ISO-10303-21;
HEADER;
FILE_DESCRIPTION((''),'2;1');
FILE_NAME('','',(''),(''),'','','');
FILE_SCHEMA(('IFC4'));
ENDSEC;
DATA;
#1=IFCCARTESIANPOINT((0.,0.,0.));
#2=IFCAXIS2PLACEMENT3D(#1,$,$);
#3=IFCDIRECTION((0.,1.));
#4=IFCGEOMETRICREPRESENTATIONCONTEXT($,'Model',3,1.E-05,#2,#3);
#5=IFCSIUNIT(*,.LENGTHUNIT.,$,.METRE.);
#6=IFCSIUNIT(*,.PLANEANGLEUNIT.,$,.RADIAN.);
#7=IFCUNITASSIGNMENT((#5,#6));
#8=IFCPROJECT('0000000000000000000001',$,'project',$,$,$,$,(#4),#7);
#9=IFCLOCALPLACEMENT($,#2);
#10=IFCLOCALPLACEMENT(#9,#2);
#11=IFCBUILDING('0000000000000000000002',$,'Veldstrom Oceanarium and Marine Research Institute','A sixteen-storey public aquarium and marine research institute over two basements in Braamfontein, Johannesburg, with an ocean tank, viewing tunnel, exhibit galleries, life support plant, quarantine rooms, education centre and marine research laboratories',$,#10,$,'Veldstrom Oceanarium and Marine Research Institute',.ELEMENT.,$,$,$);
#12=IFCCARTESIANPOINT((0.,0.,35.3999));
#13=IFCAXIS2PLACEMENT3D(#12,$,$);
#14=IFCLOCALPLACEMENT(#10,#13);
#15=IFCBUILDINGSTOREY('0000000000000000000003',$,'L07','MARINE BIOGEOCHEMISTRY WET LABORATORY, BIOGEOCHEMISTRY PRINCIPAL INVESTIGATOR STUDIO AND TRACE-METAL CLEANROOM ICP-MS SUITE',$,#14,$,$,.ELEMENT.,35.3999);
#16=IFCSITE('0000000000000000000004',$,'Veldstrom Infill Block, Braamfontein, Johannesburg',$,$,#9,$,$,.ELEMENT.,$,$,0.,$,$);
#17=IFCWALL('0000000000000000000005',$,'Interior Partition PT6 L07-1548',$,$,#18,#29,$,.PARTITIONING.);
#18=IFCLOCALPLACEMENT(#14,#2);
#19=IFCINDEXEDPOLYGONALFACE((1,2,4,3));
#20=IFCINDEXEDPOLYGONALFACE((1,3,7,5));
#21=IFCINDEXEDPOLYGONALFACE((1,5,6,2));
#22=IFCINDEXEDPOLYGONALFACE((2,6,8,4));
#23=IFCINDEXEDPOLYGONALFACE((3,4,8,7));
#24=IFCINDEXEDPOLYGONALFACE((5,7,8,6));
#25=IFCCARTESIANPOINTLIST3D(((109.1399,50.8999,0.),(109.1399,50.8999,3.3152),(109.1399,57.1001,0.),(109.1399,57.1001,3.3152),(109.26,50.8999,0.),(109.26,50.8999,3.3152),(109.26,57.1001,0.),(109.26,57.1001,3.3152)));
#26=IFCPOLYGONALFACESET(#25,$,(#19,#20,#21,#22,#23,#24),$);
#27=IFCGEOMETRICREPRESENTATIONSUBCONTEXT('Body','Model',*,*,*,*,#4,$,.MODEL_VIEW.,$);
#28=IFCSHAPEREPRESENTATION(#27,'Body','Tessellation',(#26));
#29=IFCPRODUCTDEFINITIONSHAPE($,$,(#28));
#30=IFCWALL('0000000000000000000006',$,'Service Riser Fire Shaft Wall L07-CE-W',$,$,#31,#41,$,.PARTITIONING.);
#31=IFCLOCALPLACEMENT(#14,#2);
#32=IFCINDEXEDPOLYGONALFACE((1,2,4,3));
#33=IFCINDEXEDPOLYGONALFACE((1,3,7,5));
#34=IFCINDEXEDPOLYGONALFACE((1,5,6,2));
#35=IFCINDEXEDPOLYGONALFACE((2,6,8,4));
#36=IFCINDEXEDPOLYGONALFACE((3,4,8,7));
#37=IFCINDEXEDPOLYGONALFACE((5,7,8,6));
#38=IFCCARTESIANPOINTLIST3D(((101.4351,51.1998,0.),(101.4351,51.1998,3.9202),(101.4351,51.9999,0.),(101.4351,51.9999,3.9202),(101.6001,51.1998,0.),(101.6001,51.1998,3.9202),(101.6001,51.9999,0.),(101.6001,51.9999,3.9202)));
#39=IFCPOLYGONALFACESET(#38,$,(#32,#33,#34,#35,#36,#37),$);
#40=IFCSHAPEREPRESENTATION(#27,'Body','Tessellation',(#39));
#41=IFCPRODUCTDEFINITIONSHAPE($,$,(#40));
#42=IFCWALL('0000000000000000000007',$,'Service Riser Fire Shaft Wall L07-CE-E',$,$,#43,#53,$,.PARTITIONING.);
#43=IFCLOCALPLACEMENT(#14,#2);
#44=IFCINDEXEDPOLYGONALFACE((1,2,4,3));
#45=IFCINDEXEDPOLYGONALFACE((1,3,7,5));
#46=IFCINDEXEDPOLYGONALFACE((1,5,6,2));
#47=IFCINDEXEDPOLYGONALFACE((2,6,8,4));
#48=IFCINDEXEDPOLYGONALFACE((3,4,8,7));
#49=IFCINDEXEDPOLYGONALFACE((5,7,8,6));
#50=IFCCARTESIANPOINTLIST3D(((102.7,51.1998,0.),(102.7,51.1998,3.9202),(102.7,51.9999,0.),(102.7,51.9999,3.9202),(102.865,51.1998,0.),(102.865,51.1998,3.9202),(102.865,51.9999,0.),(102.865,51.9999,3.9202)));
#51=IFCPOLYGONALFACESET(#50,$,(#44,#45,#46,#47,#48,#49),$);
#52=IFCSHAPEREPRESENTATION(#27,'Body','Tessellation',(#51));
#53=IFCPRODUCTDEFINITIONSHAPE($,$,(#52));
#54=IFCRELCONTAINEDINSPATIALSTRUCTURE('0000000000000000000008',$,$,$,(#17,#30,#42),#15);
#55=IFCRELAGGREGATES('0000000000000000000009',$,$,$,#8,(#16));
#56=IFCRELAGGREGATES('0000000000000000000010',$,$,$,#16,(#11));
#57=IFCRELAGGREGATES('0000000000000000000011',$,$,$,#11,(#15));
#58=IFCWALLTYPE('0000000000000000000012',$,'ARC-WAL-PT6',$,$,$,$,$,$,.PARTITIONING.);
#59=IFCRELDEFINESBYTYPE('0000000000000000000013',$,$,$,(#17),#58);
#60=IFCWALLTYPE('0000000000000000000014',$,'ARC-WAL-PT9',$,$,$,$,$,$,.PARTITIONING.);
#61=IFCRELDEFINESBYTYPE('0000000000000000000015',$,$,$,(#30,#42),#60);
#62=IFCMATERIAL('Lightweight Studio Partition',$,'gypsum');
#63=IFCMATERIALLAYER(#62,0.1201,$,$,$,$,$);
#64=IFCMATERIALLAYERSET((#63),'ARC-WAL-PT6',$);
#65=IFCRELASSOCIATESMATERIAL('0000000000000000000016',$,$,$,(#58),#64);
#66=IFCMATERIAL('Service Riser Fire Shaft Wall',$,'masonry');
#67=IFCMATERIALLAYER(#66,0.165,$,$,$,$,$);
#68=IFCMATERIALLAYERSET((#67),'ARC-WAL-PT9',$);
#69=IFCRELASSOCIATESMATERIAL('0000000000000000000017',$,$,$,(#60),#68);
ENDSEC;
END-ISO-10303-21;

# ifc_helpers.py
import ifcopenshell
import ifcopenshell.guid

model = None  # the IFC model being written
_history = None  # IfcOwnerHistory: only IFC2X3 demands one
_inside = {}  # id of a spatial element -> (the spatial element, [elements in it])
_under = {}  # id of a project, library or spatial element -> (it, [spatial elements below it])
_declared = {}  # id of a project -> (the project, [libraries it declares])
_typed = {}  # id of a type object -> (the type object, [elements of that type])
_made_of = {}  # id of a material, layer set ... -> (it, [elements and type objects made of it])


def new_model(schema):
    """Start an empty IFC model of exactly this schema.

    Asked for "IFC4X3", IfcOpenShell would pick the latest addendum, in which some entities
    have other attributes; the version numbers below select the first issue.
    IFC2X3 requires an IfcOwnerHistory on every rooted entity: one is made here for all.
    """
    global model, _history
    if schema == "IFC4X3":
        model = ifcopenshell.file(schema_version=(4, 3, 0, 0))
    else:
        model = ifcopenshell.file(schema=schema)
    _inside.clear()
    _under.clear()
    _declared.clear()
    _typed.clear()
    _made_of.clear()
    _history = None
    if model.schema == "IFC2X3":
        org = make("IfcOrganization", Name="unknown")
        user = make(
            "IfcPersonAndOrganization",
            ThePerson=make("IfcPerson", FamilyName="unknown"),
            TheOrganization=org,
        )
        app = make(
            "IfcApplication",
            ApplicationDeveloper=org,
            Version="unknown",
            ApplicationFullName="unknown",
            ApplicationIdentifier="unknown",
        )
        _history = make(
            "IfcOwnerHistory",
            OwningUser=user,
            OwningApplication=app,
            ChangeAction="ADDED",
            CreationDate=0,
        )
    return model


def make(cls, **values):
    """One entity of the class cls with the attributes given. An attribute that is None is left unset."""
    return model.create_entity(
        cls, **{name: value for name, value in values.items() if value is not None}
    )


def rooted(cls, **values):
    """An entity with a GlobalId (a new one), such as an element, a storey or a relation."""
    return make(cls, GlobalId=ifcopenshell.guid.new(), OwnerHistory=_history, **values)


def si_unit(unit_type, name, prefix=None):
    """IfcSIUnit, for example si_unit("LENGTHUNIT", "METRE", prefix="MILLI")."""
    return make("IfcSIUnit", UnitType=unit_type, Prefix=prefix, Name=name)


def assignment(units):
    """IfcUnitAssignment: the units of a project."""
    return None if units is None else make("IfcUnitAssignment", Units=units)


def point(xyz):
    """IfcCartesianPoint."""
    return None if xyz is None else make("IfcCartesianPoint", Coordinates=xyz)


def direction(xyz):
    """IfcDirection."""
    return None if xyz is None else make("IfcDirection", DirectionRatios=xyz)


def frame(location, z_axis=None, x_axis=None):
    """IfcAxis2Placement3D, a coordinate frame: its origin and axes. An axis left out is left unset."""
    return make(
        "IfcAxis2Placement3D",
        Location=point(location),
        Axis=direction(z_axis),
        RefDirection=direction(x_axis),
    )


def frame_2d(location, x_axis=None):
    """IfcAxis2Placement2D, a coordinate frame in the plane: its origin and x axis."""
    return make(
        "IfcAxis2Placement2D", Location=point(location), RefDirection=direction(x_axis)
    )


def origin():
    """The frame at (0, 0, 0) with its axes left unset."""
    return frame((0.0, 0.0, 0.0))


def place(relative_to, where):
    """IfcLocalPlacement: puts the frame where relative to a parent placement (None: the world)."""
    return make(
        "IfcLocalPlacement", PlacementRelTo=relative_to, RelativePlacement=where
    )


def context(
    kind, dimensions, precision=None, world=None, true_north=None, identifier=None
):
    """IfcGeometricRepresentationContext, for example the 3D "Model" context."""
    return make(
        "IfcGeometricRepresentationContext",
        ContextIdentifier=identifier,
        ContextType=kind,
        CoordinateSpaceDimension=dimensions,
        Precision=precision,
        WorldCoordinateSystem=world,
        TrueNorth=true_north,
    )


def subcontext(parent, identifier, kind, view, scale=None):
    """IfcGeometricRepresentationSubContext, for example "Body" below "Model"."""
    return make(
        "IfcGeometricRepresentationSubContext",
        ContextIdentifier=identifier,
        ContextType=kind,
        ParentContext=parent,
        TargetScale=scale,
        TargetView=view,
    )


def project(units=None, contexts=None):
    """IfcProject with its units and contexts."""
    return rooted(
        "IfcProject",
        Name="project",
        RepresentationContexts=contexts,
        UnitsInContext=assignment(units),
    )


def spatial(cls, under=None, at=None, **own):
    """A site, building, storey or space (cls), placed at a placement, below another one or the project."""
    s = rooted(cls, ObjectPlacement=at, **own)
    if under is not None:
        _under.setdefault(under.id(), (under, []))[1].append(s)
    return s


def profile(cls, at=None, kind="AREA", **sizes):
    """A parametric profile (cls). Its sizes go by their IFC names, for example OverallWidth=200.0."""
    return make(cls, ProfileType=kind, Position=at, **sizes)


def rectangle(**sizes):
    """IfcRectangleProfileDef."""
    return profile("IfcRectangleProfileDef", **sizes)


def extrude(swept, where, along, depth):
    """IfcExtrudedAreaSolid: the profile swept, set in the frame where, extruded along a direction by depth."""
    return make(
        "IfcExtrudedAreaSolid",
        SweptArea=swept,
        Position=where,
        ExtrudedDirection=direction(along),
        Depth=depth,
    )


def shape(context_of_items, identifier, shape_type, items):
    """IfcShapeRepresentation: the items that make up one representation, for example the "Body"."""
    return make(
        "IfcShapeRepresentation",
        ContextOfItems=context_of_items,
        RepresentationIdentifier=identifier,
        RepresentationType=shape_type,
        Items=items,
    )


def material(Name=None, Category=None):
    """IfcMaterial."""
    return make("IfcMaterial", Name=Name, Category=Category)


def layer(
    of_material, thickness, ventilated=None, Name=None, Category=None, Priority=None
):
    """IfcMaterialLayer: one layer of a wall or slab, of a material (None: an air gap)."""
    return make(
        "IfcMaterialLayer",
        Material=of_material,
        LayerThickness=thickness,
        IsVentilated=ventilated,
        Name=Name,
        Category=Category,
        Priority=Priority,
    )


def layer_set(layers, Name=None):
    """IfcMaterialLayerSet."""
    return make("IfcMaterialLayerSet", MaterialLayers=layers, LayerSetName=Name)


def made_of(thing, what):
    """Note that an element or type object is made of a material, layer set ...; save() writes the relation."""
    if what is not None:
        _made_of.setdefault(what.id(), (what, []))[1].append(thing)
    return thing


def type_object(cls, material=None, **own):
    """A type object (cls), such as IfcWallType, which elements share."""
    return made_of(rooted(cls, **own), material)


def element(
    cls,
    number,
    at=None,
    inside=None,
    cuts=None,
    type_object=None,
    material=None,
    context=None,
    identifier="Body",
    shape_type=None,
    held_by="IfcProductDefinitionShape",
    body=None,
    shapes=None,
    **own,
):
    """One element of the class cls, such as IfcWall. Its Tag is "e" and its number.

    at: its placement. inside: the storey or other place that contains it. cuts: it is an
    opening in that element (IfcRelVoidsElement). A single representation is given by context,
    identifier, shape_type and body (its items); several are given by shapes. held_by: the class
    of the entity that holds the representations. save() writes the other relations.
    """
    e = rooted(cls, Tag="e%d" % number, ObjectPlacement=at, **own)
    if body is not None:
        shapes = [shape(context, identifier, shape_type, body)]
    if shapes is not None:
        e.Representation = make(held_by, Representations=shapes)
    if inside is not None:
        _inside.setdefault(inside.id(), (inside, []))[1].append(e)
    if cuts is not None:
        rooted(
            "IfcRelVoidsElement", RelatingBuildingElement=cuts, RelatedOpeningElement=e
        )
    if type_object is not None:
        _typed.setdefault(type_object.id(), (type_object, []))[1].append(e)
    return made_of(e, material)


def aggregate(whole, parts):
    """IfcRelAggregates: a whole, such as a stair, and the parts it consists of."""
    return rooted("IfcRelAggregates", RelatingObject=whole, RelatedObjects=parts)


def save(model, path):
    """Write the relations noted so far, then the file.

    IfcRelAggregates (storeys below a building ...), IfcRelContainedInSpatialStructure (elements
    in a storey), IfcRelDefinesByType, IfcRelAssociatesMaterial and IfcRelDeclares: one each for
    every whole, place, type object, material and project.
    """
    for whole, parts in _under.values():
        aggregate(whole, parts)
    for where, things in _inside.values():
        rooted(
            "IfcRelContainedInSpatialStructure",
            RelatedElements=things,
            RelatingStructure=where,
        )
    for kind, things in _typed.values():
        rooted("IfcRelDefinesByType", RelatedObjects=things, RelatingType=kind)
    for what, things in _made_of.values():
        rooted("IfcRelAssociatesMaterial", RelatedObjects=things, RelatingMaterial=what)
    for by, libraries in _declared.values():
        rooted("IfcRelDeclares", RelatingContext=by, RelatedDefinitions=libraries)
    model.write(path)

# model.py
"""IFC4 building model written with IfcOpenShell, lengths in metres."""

from ifc_helpers import new_model, si_unit, direction, frame, frame_2d, origin, place, context, subcontext, project, spatial, rectangle, extrude, material, layer, layer_set, type_object, element, save


model = new_model("IFC4")

# Units and contexts
model_context = context("Model", 3, precision=1e-05, world=origin(), true_north=direction((0.0, 1.0)))
body_context = subcontext(model_context, "Body", "Model", "MODEL_VIEW")
ifc_project = project(units=[si_unit("LENGTHUNIT", "METRE"), si_unit("PLANEANGLEUNIT", "RADIAN")], contexts=[model_context])

# Site, building, storey
site_placement = place(None, origin())
site = spatial("IfcSite", under=ifc_project, at=site_placement, Name="Veldstrom Infill Block, Braamfontein, Johannesburg", CompositionType="ELEMENT", RefElevation=0.0)
building_placement = place(site_placement, origin())
building = spatial("IfcBuilding", under=site, at=building_placement, Name="Veldstrom Oceanarium and Marine Research Institute", Description="A sixteen-storey public aquarium and marine research institute over two basements in Braamfontein, Johannesburg, with an ocean tank, viewing tunnel, exhibit galleries, life support plant, quarantine rooms, education centre and marine research laboratories", LongName="Veldstrom Oceanarium and Marine Research Institute", CompositionType="ELEMENT")
storey_placement = place(building_placement, frame((0.0, 0.0, 35.3999)))
storey = spatial("IfcBuildingStorey", under=building, at=storey_placement, Name="L07", Description="MARINE BIOGEOCHEMISTRY WET LABORATORY, BIOGEOCHEMISTRY PRINCIPAL INVESTIGATOR STUDIO AND TRACE-METAL CLEANROOM ICP-MS SUITE", CompositionType="ELEMENT", Elevation=35.3999)

# Walls
ifc_material_1 = material(Name="Lightweight Studio Partition", Category="gypsum")
ifc_layer_1 = layer(ifc_material_1, 0.1201)
ifc_layer_set_1 = layer_set([ifc_layer_1], Name="ARC-WAL-PT6")
wall_type_1 = type_object("IfcWallType", Name="ARC-WAL-PT6", PredefinedType="PARTITIONING", material=ifc_layer_set_1)
wall_1_placement = place(storey_placement, frame((109.2, 50.8999, 0.0), z_axis=(0.0, 0.0, 1.0), x_axis=(0.0, 1.0, 0.0)))
element("IfcWall", 1, at=wall_1_placement, inside=storey, type_object=wall_type_1, Name="Interior Partition PT6 L07-1548", PredefinedType="PARTITIONING", context=body_context, shape_type="SweptSolid", body=[
    extrude(rectangle(XDim=6.2002, YDim=0.1201, at=frame_2d((3.1001, 0.0))), origin(), (0.0, 0.0, 1.0), 3.3152),
])
ifc_material_2 = material(Name="Service Riser Fire Shaft Wall", Category="masonry")
ifc_layer_2 = layer(ifc_material_2, 0.165)
ifc_layer_set_2 = layer_set([ifc_layer_2], Name="ARC-WAL-PT9")
wall_type_2 = type_object("IfcWallType", Name="ARC-WAL-PT9", PredefinedType="PARTITIONING", material=ifc_layer_set_2)
for number, where, z_axis, x_axis, name in (
    (2, (101.5176, 51.2, 0.0), (0.0, 0.0, 1.0), (0.0, 1.0, 0.0), "Service Riser Fire Shaft Wall L07-CE-W"),
    (3, (102.7825, 51.2, 0.0), (0.0, 0.0, 1.0), (0.0, 1.0, 0.0), "Service Riser Fire Shaft Wall L07-CE-E"),
):
    element("IfcWall", number, at=place(storey_placement, frame(where, z_axis=z_axis, x_axis=x_axis)), inside=storey, type_object=wall_type_2, Name=name, PredefinedType="PARTITIONING", context=body_context, shape_type="SweptSolid", body=[
        extrude(rectangle(XDim=0.8, YDim=0.165, at=frame_2d((0.3999, 0.0))), origin(), (0.0, 0.0, 1.0), 3.9202),
    ])

save(model, "model.ifc")
